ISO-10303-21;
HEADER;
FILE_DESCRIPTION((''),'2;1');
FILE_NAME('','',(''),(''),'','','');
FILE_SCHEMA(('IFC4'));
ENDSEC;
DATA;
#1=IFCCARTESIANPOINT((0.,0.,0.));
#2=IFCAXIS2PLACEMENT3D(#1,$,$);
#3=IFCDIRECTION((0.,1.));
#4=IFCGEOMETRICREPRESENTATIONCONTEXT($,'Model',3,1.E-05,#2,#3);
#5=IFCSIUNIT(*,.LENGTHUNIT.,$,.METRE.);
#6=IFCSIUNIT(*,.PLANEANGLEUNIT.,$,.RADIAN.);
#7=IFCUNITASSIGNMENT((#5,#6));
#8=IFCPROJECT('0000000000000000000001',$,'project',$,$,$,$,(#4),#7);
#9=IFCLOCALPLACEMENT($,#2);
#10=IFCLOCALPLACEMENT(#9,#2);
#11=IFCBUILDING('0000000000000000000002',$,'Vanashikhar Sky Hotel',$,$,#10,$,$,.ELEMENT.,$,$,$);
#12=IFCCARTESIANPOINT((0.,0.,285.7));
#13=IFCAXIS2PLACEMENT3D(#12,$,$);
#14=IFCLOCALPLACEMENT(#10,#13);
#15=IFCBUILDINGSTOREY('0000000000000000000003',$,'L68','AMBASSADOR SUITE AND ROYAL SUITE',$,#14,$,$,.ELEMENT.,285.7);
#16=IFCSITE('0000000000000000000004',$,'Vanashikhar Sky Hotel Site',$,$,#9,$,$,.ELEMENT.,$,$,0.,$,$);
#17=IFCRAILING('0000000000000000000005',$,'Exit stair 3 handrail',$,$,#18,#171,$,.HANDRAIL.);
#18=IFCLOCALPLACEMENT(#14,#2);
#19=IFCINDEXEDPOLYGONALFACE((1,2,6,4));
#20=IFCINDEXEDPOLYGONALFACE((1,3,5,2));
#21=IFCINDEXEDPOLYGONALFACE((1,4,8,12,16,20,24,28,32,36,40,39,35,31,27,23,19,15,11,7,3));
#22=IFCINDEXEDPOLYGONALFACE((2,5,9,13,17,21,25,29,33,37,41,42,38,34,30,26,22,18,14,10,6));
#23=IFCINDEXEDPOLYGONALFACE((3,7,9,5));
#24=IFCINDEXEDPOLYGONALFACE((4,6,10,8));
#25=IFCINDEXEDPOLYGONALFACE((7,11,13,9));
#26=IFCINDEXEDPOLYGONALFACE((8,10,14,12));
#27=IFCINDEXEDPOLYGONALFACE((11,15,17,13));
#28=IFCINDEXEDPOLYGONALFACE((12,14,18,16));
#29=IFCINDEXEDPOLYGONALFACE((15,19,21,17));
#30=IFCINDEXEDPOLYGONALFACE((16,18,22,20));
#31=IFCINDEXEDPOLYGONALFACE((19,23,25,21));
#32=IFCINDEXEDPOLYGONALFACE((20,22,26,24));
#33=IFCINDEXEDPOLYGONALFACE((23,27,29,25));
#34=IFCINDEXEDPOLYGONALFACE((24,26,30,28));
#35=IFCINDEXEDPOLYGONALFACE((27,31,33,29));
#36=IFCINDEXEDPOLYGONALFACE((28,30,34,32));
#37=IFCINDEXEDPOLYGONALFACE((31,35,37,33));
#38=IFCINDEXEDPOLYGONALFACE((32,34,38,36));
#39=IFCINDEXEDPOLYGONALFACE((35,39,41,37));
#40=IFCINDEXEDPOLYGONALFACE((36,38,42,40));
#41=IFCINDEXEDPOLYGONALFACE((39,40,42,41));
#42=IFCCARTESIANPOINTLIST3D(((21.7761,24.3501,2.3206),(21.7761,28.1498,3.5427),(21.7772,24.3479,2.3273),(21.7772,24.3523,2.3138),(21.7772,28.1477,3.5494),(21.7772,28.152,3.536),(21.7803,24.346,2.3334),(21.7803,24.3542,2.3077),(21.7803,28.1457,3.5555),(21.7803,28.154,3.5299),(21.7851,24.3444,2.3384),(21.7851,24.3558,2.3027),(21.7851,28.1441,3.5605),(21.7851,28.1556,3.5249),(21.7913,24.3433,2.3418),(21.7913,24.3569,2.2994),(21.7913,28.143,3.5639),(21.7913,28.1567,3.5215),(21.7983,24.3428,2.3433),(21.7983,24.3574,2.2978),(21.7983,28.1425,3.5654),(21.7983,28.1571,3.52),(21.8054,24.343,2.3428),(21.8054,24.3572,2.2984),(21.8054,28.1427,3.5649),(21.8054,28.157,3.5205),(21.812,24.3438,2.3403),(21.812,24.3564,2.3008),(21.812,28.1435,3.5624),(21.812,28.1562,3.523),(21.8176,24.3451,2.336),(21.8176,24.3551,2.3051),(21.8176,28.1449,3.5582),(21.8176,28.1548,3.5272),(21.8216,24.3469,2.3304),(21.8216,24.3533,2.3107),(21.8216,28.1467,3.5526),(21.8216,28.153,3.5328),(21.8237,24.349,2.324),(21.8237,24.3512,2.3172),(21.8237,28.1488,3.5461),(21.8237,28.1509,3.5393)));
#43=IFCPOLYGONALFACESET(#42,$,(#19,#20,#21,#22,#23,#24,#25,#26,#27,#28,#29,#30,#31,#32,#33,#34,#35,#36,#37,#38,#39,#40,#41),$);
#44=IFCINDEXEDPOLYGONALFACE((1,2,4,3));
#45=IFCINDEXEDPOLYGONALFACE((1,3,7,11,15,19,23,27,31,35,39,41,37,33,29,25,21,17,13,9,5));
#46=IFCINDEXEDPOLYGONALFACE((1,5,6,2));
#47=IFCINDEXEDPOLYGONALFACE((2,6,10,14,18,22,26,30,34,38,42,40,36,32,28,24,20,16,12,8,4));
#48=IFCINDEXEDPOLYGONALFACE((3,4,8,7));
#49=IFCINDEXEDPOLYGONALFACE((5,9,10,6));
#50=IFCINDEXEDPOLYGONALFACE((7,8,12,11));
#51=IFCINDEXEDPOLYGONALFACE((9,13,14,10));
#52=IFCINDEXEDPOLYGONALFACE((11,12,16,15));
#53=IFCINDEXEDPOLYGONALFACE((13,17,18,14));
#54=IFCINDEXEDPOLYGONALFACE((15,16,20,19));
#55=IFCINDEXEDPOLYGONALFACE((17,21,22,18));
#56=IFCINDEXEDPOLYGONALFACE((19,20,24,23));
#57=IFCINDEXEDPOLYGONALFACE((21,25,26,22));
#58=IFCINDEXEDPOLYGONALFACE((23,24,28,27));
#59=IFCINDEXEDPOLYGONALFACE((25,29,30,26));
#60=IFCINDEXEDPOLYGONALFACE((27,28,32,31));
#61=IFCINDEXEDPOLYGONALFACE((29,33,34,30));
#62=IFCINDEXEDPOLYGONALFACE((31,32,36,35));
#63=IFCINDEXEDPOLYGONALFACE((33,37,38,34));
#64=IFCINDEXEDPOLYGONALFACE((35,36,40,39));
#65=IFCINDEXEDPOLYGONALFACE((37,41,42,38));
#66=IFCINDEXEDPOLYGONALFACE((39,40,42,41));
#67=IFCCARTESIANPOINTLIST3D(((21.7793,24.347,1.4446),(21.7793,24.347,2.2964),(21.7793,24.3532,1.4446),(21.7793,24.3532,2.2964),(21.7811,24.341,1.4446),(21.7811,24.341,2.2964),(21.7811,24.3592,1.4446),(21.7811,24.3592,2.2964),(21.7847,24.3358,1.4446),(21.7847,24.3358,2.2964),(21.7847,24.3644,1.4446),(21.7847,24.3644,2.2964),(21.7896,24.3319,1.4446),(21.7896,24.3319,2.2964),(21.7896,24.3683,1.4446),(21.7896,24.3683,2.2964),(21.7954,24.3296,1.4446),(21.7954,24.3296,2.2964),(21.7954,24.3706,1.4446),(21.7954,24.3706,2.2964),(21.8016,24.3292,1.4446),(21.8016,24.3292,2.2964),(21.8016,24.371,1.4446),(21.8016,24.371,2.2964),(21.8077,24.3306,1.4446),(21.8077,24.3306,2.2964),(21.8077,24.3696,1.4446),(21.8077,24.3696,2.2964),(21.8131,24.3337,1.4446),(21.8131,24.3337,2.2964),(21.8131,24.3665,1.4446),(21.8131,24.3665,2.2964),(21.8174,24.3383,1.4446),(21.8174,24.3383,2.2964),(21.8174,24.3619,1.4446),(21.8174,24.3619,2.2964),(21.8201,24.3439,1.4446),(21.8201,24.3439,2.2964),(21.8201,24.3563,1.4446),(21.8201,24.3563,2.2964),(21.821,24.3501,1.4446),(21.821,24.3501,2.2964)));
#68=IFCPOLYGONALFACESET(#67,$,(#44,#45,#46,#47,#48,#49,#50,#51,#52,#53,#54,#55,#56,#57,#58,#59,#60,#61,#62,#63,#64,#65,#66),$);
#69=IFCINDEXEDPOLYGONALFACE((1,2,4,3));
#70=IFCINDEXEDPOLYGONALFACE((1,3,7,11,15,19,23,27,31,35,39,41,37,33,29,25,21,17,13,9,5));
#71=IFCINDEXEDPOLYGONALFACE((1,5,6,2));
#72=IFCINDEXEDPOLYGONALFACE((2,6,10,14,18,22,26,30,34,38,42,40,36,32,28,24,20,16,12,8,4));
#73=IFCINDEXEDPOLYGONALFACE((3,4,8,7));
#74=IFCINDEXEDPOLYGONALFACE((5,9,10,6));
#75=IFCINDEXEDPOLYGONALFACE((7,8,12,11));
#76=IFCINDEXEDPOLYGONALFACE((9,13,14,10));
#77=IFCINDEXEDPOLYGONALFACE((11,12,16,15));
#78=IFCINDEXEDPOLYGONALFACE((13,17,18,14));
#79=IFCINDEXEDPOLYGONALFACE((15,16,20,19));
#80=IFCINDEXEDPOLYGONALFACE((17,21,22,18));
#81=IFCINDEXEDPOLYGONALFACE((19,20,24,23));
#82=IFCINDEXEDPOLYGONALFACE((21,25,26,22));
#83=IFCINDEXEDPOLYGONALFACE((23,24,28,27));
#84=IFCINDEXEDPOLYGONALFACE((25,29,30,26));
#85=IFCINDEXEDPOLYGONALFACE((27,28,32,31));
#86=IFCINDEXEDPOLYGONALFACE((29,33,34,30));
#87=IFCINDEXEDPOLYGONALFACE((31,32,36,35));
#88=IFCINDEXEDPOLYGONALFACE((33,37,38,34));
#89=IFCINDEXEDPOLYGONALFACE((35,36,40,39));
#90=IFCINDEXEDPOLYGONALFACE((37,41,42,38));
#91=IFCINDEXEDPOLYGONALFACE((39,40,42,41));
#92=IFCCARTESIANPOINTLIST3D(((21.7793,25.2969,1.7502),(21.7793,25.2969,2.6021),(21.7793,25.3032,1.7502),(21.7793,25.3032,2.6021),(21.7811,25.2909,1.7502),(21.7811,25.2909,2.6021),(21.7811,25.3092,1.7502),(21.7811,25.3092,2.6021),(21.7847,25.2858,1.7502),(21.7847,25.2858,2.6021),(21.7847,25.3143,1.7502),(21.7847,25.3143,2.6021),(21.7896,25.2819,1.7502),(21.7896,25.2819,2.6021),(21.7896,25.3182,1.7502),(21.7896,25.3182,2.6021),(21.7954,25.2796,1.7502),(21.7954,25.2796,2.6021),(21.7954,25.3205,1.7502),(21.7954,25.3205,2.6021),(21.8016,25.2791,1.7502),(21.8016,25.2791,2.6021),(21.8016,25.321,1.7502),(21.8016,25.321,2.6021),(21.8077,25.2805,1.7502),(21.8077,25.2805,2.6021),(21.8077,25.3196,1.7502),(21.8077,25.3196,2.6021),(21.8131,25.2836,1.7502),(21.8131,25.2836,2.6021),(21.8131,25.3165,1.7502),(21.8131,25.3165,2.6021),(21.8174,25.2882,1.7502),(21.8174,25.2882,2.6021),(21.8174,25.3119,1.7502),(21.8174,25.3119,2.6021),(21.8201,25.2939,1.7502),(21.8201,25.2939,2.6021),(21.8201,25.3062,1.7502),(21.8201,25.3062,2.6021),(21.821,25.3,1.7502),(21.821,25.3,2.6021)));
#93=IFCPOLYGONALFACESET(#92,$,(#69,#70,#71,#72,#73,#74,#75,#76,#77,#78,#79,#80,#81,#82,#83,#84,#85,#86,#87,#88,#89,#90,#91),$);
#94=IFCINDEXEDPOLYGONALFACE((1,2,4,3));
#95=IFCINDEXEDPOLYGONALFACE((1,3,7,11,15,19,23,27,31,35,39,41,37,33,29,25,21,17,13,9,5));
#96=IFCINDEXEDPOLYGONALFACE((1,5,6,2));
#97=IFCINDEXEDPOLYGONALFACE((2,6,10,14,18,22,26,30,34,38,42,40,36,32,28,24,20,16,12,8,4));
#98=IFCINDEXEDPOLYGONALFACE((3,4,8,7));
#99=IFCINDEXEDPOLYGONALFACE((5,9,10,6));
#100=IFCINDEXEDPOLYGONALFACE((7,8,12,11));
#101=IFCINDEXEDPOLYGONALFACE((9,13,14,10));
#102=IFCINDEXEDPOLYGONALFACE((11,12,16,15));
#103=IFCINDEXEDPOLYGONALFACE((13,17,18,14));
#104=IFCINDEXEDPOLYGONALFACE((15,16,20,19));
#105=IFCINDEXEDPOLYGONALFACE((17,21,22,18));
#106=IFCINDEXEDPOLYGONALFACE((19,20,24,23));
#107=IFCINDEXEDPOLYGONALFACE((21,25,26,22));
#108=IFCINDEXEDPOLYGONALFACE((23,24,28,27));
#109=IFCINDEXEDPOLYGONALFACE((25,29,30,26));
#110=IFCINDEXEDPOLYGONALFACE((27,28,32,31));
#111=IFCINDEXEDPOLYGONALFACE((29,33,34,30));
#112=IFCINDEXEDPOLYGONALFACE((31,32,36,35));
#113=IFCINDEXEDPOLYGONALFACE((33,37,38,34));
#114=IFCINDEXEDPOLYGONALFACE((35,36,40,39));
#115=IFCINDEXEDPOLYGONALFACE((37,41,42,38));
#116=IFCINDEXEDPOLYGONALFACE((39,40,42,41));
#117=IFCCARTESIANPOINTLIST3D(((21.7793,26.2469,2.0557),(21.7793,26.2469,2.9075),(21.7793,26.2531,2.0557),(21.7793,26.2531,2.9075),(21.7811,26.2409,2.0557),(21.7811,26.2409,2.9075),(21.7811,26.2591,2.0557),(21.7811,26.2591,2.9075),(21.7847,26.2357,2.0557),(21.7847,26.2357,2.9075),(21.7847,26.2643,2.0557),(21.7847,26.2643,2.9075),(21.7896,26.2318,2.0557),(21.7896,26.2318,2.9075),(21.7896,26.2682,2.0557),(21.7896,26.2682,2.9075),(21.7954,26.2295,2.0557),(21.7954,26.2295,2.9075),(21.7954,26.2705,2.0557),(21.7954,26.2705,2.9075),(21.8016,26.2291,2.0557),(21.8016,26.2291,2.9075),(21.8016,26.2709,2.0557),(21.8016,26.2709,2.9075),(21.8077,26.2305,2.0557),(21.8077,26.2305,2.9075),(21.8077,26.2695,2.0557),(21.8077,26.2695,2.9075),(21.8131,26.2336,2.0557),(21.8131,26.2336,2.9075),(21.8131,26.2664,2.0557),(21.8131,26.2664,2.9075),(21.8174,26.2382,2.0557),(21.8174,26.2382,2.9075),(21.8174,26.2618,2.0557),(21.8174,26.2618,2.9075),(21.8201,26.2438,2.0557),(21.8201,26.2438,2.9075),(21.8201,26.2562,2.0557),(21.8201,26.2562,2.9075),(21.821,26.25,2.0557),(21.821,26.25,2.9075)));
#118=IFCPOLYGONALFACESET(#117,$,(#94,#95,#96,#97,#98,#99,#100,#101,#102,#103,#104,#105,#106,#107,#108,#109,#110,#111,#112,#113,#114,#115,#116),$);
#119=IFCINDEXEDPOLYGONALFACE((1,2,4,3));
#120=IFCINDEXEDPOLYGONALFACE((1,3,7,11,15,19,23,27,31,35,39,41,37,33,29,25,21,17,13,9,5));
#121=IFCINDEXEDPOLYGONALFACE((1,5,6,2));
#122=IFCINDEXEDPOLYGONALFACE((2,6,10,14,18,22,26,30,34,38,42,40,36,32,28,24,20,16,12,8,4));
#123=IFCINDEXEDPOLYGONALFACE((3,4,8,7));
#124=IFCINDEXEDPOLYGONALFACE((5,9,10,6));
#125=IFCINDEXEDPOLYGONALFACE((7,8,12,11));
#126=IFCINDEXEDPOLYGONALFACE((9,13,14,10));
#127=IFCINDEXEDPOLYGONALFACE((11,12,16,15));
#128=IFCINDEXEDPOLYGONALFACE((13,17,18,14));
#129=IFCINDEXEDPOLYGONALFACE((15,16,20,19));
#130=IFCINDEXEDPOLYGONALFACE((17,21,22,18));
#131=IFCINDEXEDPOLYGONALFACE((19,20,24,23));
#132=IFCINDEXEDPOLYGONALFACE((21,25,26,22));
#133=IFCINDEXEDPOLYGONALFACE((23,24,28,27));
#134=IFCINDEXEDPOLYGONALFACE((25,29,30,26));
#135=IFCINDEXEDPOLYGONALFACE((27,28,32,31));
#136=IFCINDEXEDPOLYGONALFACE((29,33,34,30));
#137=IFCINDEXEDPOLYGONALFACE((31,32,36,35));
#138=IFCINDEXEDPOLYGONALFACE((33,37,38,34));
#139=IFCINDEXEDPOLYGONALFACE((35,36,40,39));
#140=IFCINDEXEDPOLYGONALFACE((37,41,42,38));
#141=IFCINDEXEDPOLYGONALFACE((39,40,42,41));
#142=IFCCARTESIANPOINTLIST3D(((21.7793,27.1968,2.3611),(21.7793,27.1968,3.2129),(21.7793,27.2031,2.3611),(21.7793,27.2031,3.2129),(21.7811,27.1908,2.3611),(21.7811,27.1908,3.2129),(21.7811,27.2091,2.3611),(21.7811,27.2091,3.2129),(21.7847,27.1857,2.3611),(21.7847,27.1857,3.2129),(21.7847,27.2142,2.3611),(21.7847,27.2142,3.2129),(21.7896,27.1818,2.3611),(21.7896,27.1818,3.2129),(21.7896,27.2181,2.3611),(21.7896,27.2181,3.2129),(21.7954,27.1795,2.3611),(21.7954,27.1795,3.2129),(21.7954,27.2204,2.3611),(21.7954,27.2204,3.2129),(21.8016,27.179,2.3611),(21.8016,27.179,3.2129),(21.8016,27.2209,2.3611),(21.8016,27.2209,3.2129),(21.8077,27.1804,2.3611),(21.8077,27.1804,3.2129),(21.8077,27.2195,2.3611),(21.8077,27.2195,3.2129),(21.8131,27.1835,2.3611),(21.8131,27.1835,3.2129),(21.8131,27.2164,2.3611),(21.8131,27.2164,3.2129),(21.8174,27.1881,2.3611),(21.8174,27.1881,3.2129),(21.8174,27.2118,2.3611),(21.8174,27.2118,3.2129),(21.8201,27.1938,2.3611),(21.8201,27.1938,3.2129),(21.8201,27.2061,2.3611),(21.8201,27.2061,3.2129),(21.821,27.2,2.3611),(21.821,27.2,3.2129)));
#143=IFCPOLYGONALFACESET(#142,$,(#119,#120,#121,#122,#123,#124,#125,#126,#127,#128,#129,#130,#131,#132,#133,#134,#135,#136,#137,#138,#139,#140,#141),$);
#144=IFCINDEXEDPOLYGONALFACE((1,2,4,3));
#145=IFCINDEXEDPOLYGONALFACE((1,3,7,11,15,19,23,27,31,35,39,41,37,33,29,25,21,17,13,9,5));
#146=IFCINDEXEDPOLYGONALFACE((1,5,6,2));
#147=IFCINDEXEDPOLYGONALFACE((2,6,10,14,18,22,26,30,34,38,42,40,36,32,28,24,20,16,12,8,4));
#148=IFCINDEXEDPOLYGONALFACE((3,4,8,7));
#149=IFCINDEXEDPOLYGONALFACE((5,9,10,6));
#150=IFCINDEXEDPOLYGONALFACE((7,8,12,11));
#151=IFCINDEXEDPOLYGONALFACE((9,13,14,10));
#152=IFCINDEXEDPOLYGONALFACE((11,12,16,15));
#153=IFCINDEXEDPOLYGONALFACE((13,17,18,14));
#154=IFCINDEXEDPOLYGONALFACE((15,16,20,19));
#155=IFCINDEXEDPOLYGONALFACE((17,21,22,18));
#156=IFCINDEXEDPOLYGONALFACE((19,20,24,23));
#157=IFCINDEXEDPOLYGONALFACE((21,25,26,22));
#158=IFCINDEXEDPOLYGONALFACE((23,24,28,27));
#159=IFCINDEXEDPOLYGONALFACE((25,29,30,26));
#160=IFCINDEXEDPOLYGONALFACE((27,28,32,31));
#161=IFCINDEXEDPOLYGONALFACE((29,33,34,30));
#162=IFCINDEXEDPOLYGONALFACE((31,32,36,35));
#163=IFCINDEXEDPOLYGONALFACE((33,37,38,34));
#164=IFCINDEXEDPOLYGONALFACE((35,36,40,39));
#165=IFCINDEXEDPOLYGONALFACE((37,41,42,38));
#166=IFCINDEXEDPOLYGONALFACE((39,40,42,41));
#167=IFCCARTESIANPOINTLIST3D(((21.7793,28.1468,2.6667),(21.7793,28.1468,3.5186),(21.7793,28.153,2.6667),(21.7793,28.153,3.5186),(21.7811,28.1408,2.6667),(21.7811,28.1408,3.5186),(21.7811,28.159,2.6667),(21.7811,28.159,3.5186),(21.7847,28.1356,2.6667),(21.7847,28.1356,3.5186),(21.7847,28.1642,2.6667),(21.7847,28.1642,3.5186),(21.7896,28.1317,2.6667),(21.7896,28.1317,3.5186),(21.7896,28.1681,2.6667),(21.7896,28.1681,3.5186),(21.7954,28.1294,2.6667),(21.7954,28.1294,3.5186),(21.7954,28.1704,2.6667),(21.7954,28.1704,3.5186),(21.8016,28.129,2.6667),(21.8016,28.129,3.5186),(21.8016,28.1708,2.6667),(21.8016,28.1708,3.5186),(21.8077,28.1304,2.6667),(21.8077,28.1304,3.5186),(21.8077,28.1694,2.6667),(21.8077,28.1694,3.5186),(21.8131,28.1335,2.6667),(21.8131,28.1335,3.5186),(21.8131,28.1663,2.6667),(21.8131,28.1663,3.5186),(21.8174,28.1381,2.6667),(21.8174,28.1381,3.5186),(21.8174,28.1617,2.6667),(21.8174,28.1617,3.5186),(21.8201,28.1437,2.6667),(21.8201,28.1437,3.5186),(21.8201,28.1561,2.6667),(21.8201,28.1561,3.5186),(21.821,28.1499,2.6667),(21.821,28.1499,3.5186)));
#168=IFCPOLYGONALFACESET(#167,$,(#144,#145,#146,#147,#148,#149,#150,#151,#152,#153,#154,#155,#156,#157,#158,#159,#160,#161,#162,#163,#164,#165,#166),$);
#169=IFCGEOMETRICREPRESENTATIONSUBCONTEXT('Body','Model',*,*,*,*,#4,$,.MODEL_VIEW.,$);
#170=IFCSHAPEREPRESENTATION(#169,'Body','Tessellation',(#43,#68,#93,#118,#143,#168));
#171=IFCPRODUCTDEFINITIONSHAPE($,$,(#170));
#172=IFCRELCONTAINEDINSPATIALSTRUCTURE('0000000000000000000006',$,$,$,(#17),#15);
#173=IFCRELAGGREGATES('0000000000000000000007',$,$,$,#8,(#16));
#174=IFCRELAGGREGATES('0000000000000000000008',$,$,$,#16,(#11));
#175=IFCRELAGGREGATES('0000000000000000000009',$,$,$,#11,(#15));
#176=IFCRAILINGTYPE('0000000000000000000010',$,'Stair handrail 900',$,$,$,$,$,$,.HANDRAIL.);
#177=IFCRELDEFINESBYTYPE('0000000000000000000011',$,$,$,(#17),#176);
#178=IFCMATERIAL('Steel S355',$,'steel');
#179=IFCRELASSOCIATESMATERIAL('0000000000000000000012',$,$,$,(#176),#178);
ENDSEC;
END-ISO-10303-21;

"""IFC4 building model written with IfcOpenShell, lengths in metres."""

from ifc_helpers import new_model, si_unit, direction, frame, origin, origin_2d, place, context, subcontext, project, spatial, circle, extrude, source, transform, mapped, material, type_object, element, save


model = new_model("IFC4")

# Units and contexts
model_context = context("Model", 3, precision=1e-05, world=origin(), true_north=direction((0.0, 1.0)))
body_context = subcontext(model_context, "Body", "Model", "MODEL_VIEW")
ifc_project = project(units=[si_unit("LENGTHUNIT", "METRE"), si_unit("PLANEANGLEUNIT", "RADIAN")], contexts=[model_context])

# Site, building, storey
site_placement = place(None, origin())
site = spatial("IfcSite", under=ifc_project, at=site_placement, Name="Vanashikhar Sky Hotel Site", CompositionType="ELEMENT", RefElevation=0.0)
building_placement = place(site_placement, origin())
building = spatial("IfcBuilding", under=site, at=building_placement, Name="Vanashikhar Sky Hotel", CompositionType="ELEMENT")
storey_placement = place(building_placement, frame((0.0, 0.0, 285.7)))
storey = spatial("IfcBuildingStorey", under=building, at=storey_placement, Name="L68", Description="AMBASSADOR SUITE AND ROYAL SUITE", CompositionType="ELEMENT", Elevation=285.7)

# Railing
ifc_material_1 = material(Name="Steel S355", Category="steel")
railing_type = type_object("IfcRailingType", Name="Stair handrail 900", PredefinedType="HANDRAIL", material=ifc_material_1)
shared_shape_1 = source(origin(), body_context, "Body", "SweptSolid", [
    extrude(circle(Radius=0.0239, at=origin_2d()), frame((0.0, 0.0, 0.876), z_axis=(0.0, 0.95197, 0.306191), x_axis=(-1.0, 0.0, 0.0)), (0.0, 0.0, 1.0), 3.9915),
    extrude(circle(Radius=0.021, at=origin_2d()), origin(), (0.0, 0.0, 1.0), 0.8518),
    extrude(circle(Radius=0.021, at=origin_2d()), frame((0.0, 0.95, 0.3057)), (0.0, 0.0, 1.0), 0.8518),
    extrude(circle(Radius=0.021, at=origin_2d()), frame((0.0, 1.8999, 0.6111)), (0.0, 0.0, 1.0), 0.8518),
    extrude(circle(Radius=0.021, at=origin_2d()), frame((0.0, 2.8499, 0.9165)), (0.0, 0.0, 1.0), 0.8518),
    extrude(circle(Radius=0.021, at=origin_2d()), frame((0.0, 3.7998, 1.2222)), (0.0, 0.0, 1.0), 0.8518),
])
railing_1_placement = place(storey_placement, frame((21.8, 24.3501, 1.4446)))
element("IfcRailing", 1, at=railing_1_placement, inside=storey, type_object=railing_type, Name="Exit stair 3 handrail", PredefinedType="HANDRAIL", context=body_context, shape_type="MappedRepresentation", body=[
    mapped(shared_shape_1, transform((0.0, 0.0, 0.0), scale=1.0)),
])

save(model, "model.ifc")
